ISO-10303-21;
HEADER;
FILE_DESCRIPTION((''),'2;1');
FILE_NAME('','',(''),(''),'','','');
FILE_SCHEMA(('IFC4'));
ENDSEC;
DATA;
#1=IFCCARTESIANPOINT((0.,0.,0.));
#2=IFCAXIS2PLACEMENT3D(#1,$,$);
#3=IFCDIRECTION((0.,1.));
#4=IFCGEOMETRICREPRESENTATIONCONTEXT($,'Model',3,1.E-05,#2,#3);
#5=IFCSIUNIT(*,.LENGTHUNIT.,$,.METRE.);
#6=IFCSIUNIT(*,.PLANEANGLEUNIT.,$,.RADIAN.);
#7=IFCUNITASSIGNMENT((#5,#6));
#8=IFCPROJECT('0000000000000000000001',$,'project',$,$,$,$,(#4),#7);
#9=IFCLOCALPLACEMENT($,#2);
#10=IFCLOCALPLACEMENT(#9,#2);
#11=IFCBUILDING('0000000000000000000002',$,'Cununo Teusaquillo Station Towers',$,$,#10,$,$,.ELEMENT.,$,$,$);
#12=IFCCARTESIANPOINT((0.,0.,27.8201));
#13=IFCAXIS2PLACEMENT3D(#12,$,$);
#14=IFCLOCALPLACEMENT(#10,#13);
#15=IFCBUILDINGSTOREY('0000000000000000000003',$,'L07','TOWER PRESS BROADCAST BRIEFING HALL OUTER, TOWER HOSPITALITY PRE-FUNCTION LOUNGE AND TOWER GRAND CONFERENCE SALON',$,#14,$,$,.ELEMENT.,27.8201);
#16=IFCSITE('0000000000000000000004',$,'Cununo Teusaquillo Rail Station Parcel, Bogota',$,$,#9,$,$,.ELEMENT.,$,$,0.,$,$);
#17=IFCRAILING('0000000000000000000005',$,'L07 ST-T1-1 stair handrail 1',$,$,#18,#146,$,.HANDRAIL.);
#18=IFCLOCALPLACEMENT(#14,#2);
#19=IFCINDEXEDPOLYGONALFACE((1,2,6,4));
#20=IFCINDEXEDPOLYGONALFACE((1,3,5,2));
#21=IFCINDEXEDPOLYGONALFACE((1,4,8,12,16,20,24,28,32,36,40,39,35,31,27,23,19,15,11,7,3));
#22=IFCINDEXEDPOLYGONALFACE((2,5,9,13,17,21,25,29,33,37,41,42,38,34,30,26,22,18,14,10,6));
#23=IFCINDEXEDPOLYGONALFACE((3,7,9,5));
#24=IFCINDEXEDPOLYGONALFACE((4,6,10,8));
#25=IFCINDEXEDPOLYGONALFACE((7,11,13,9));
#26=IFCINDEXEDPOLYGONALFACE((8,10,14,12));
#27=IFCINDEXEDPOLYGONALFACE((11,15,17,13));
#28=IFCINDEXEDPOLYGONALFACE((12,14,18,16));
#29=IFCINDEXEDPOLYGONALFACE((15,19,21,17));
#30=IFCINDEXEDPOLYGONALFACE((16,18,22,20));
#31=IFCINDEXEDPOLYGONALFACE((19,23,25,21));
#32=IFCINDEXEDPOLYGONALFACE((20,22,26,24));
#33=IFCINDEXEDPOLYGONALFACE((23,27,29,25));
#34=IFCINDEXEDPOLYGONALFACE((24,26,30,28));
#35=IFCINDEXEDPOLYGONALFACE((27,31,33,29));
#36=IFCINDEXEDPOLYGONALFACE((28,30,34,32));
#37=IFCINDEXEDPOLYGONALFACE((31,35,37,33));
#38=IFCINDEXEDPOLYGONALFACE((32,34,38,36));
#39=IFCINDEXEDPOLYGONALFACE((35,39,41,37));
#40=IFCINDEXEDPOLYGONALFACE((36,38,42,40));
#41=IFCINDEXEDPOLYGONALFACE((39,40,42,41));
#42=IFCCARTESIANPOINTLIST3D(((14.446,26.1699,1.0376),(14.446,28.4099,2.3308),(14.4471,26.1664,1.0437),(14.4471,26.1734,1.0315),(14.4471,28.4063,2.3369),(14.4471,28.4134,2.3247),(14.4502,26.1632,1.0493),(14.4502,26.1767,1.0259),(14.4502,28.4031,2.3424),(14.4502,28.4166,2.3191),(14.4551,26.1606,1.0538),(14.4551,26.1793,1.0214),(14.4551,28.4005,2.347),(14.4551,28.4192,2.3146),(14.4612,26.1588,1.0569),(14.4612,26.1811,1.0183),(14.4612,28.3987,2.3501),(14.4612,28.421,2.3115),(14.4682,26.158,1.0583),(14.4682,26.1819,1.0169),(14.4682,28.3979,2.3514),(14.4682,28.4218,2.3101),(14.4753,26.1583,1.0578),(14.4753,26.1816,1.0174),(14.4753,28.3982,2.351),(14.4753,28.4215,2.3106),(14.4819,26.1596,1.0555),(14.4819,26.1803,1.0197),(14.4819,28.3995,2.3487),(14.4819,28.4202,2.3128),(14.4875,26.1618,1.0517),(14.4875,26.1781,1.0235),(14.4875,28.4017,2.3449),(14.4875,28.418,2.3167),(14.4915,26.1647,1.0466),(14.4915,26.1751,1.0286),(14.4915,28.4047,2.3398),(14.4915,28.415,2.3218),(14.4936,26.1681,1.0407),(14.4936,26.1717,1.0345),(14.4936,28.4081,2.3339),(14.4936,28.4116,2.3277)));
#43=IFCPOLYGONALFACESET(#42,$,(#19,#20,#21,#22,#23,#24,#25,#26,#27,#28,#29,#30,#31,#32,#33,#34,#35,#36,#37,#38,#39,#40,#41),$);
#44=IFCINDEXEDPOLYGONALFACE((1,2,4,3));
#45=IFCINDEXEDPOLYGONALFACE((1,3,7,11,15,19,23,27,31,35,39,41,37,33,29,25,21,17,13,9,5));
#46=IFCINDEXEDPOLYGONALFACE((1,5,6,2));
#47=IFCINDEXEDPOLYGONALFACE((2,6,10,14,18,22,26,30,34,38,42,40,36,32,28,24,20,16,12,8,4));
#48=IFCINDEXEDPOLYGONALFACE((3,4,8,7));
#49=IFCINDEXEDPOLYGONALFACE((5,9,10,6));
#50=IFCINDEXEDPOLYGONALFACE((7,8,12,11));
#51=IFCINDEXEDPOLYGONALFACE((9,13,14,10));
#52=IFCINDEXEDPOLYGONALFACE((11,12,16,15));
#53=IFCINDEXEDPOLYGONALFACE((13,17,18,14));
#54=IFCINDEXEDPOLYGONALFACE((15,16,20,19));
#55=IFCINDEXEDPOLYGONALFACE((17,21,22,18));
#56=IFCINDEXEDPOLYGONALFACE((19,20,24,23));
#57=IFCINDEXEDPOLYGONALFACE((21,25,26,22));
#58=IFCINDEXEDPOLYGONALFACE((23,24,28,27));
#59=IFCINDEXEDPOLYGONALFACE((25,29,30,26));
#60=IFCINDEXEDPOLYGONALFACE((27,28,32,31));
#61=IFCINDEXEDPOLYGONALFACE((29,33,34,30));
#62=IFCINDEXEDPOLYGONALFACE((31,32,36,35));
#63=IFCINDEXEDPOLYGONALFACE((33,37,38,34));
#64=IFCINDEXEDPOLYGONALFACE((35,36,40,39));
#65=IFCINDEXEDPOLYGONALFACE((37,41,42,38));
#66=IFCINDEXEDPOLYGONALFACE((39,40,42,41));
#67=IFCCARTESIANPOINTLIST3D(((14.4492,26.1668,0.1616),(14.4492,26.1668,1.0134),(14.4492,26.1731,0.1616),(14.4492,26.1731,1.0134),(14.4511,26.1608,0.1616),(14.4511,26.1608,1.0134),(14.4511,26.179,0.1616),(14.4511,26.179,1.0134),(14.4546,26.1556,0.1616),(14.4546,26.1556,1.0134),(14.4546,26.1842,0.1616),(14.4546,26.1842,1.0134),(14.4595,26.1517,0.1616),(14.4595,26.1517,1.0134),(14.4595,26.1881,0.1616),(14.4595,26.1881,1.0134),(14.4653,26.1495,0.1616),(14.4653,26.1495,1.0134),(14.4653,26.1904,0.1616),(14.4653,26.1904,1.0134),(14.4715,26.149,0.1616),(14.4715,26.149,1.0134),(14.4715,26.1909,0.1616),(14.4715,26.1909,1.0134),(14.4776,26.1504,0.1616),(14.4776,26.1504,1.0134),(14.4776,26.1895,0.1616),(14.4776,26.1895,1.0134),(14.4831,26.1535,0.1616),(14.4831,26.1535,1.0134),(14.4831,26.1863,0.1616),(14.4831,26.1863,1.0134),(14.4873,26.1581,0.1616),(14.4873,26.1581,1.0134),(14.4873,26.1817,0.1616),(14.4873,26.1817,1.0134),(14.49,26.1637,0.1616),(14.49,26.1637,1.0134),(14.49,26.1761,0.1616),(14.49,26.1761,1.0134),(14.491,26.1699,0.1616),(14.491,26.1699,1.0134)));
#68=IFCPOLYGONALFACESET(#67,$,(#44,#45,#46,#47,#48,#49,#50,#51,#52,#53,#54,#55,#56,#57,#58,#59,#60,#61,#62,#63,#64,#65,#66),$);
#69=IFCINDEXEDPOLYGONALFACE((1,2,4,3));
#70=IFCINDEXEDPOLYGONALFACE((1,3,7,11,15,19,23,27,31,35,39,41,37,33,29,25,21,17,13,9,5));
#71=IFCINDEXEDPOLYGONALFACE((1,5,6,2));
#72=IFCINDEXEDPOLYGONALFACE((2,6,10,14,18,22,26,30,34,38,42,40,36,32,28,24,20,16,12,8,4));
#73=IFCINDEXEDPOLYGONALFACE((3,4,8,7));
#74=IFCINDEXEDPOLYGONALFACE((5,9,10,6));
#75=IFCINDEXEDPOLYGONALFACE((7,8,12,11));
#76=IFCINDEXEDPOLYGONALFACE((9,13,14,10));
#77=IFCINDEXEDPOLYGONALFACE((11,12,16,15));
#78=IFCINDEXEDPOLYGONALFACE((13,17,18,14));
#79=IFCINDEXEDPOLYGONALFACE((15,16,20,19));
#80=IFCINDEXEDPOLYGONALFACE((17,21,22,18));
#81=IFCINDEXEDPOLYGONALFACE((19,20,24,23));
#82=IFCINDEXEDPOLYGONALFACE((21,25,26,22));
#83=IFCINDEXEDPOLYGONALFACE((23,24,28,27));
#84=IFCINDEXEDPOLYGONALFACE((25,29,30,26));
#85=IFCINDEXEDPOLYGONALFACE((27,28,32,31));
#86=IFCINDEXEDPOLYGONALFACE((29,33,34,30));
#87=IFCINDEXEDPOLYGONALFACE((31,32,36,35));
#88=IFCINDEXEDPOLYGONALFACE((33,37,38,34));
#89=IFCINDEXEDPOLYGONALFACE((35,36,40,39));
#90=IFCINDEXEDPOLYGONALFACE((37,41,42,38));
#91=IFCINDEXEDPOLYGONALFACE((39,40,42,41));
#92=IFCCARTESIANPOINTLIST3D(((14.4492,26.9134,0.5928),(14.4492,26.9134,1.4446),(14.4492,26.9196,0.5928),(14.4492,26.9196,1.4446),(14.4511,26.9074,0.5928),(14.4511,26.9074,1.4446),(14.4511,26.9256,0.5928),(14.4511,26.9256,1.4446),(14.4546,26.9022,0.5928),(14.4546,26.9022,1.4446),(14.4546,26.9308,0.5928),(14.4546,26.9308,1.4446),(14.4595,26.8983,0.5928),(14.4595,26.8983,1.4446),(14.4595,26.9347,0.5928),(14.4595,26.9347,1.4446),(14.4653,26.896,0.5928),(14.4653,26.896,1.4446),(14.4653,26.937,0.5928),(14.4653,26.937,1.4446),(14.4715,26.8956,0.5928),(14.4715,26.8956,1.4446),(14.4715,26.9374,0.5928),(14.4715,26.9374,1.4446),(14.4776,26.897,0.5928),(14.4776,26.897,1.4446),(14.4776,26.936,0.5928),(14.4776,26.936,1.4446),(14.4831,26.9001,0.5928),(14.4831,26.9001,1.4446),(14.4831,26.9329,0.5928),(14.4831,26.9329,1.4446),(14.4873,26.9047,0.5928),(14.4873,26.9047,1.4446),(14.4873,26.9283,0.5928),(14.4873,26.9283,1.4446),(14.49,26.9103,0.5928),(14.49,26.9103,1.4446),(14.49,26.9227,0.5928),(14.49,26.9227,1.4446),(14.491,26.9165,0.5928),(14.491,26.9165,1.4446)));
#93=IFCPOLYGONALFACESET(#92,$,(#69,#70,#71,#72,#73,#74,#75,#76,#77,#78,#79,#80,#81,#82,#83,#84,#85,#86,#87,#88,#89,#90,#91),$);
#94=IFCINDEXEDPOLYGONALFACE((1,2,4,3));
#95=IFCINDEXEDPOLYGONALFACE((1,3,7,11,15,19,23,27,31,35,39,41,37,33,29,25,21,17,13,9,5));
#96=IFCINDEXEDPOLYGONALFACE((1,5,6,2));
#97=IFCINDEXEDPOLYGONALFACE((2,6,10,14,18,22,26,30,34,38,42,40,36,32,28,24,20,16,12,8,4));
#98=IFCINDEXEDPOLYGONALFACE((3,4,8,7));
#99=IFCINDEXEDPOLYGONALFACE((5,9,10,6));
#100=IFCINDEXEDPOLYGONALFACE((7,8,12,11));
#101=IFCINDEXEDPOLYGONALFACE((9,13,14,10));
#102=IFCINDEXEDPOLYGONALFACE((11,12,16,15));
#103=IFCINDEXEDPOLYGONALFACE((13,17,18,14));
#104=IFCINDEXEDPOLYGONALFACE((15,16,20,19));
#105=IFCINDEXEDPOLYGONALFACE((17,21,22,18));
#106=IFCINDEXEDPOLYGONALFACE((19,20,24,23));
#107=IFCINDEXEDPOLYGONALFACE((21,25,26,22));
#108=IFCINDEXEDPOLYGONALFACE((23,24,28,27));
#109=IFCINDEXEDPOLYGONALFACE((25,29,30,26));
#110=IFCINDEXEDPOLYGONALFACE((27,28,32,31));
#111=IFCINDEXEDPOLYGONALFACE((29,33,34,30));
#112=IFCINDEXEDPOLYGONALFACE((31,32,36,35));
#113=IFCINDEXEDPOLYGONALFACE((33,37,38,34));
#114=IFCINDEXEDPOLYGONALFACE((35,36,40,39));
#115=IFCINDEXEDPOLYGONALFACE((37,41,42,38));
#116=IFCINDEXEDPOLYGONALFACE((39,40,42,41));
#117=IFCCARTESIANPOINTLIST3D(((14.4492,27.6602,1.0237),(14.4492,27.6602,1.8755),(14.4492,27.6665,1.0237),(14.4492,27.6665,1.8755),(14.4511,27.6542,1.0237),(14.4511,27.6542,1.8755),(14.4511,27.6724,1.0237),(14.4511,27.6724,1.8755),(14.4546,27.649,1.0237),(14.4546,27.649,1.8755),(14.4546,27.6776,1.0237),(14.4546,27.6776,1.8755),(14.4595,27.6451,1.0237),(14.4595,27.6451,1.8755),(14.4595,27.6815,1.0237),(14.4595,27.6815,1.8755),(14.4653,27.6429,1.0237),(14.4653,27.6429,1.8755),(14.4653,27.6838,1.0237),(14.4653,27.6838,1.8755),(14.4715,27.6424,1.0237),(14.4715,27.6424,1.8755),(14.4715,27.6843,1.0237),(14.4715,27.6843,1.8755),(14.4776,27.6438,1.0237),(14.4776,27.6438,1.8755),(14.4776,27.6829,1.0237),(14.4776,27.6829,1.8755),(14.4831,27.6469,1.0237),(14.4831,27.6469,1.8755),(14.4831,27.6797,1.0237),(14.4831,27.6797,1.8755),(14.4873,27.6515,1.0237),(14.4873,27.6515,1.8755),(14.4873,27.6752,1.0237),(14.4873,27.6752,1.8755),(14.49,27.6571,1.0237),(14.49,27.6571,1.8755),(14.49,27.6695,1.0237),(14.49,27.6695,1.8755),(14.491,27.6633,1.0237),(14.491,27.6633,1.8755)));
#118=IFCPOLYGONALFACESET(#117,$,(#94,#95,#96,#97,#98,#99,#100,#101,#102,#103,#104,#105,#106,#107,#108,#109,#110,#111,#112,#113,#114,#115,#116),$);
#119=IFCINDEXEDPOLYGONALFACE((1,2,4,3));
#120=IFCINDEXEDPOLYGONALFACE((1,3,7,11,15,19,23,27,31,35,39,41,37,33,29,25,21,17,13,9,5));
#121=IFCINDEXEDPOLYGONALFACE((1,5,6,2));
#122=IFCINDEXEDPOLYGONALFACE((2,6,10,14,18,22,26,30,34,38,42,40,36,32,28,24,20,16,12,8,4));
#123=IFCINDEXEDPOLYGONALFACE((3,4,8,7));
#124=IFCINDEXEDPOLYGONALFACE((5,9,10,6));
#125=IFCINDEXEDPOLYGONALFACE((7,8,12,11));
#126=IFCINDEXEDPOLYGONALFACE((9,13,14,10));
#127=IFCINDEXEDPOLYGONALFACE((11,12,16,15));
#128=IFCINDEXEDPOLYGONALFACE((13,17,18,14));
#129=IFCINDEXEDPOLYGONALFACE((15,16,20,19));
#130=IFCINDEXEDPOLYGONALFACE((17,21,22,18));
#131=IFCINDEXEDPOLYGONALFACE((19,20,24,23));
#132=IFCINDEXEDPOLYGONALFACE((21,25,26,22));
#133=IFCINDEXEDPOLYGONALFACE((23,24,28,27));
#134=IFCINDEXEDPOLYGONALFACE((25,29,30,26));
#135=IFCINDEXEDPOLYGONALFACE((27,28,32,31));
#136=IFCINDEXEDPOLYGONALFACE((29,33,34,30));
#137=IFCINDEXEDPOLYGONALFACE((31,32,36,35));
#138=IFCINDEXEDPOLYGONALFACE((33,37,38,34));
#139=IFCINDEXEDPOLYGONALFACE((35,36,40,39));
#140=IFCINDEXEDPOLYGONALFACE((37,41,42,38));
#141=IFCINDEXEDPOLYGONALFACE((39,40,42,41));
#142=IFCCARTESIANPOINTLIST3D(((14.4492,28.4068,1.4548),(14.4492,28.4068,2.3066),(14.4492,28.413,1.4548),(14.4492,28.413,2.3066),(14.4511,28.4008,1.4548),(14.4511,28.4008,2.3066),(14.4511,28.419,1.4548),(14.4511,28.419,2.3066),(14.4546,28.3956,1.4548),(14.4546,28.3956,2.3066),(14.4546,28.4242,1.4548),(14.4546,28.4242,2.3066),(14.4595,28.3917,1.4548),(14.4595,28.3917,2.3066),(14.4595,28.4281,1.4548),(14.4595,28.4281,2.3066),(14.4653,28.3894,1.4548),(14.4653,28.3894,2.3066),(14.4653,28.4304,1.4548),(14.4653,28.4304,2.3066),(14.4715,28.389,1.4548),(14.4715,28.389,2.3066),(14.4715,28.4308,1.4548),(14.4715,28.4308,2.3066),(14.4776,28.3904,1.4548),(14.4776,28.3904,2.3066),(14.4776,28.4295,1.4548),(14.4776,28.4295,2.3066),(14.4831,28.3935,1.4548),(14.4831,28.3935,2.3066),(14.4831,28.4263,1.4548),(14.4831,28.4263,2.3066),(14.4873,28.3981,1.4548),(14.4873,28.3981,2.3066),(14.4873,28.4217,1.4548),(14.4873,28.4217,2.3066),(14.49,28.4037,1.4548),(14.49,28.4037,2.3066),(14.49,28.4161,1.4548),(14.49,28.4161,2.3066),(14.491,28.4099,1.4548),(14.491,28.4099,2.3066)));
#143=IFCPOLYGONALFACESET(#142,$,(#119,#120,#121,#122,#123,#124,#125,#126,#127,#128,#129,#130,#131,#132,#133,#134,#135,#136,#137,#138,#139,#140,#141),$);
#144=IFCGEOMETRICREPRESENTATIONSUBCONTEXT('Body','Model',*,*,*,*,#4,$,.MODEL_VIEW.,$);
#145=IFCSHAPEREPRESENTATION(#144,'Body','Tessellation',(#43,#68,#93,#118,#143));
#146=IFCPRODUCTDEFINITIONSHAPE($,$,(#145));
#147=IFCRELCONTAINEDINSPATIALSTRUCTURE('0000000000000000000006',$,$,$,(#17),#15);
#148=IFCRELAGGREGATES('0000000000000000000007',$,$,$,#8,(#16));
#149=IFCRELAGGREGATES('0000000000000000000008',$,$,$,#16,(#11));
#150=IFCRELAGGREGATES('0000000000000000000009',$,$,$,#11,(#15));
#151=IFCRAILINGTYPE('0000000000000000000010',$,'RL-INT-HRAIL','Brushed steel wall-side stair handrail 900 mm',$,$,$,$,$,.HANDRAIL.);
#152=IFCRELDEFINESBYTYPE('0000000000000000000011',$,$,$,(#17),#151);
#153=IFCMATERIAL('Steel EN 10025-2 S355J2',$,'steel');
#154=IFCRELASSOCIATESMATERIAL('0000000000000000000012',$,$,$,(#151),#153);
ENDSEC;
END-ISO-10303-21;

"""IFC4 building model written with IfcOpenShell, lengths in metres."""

from ifc_helpers import new_model, si_unit, direction, frame, origin, origin_2d, place, context, subcontext, project, spatial, circle, extrude, material, type_object, element, save


model = new_model("IFC4")

# Units and contexts
model_context = context("Model", 3, precision=1e-05, world=origin(), true_north=direction((0.0, 1.0)))
body_context = subcontext(model_context, "Body", "Model", "MODEL_VIEW")
ifc_project = project(units=[si_unit("LENGTHUNIT", "METRE"), si_unit("PLANEANGLEUNIT", "RADIAN")], contexts=[model_context])

# Site, building, storey
site_placement = place(None, origin())
site = spatial("IfcSite", under=ifc_project, at=site_placement, Name="Cununo Teusaquillo Rail Station Parcel, Bogota", CompositionType="ELEMENT", RefElevation=0.0)
building_placement = place(site_placement, origin())
building = spatial("IfcBuilding", under=site, at=building_placement, Name="Cununo Teusaquillo Station Towers", CompositionType="ELEMENT")
storey_placement = place(building_placement, frame((0.0, 0.0, 27.8201)))
storey = spatial("IfcBuildingStorey", under=building, at=storey_placement, Name="L07", Description="TOWER PRESS BROADCAST BRIEFING HALL OUTER, TOWER HOSPITALITY PRE-FUNCTION LOUNGE AND TOWER GRAND CONFERENCE SALON", CompositionType="ELEMENT", Elevation=27.8201)

# Railing
ifc_material_1 = material(Name="Steel EN 10025-2 S355J2", Category="steel")
railing_type_1 = type_object("IfcRailingType", Name="RL-INT-HRAIL", Description="Brushed steel wall-side stair handrail 900 mm", PredefinedType="HANDRAIL", material=ifc_material_1)
railing_1_placement = place(storey_placement, frame((14.47, 26.1699, 0.1616)))
element("IfcRailing", 1, at=railing_1_placement, inside=storey, type_object=railing_type_1, Name="L07 ST-T1-1 stair handrail 1", PredefinedType="HANDRAIL", context=body_context, shape_type="SweptSolid", body=[
    extrude(circle(Radius=0.0239, at=origin_2d()), frame((0.0, 0.0, 0.876), z_axis=(0.0, 0.866033, 0.499987), x_axis=(-1.0, 0.0, 0.0)), (0.0, 0.0, 1.0), 2.5864),
    extrude(circle(Radius=0.021, at=origin_2d()), origin(), (0.0, 0.0, 1.0), 0.8518),
    extrude(circle(Radius=0.021, at=origin_2d()), frame((0.0, 0.7466, 0.4312)), (0.0, 0.0, 1.0), 0.8518),
    extrude(circle(Radius=0.021, at=origin_2d()), frame((0.0, 1.4934, 0.8621)), (0.0, 0.0, 1.0), 0.8518),
    extrude(circle(Radius=0.021, at=origin_2d()), frame((0.0, 2.24, 1.2932)), (0.0, 0.0, 1.0), 0.8518),
])

save(model, "model.ifc")
